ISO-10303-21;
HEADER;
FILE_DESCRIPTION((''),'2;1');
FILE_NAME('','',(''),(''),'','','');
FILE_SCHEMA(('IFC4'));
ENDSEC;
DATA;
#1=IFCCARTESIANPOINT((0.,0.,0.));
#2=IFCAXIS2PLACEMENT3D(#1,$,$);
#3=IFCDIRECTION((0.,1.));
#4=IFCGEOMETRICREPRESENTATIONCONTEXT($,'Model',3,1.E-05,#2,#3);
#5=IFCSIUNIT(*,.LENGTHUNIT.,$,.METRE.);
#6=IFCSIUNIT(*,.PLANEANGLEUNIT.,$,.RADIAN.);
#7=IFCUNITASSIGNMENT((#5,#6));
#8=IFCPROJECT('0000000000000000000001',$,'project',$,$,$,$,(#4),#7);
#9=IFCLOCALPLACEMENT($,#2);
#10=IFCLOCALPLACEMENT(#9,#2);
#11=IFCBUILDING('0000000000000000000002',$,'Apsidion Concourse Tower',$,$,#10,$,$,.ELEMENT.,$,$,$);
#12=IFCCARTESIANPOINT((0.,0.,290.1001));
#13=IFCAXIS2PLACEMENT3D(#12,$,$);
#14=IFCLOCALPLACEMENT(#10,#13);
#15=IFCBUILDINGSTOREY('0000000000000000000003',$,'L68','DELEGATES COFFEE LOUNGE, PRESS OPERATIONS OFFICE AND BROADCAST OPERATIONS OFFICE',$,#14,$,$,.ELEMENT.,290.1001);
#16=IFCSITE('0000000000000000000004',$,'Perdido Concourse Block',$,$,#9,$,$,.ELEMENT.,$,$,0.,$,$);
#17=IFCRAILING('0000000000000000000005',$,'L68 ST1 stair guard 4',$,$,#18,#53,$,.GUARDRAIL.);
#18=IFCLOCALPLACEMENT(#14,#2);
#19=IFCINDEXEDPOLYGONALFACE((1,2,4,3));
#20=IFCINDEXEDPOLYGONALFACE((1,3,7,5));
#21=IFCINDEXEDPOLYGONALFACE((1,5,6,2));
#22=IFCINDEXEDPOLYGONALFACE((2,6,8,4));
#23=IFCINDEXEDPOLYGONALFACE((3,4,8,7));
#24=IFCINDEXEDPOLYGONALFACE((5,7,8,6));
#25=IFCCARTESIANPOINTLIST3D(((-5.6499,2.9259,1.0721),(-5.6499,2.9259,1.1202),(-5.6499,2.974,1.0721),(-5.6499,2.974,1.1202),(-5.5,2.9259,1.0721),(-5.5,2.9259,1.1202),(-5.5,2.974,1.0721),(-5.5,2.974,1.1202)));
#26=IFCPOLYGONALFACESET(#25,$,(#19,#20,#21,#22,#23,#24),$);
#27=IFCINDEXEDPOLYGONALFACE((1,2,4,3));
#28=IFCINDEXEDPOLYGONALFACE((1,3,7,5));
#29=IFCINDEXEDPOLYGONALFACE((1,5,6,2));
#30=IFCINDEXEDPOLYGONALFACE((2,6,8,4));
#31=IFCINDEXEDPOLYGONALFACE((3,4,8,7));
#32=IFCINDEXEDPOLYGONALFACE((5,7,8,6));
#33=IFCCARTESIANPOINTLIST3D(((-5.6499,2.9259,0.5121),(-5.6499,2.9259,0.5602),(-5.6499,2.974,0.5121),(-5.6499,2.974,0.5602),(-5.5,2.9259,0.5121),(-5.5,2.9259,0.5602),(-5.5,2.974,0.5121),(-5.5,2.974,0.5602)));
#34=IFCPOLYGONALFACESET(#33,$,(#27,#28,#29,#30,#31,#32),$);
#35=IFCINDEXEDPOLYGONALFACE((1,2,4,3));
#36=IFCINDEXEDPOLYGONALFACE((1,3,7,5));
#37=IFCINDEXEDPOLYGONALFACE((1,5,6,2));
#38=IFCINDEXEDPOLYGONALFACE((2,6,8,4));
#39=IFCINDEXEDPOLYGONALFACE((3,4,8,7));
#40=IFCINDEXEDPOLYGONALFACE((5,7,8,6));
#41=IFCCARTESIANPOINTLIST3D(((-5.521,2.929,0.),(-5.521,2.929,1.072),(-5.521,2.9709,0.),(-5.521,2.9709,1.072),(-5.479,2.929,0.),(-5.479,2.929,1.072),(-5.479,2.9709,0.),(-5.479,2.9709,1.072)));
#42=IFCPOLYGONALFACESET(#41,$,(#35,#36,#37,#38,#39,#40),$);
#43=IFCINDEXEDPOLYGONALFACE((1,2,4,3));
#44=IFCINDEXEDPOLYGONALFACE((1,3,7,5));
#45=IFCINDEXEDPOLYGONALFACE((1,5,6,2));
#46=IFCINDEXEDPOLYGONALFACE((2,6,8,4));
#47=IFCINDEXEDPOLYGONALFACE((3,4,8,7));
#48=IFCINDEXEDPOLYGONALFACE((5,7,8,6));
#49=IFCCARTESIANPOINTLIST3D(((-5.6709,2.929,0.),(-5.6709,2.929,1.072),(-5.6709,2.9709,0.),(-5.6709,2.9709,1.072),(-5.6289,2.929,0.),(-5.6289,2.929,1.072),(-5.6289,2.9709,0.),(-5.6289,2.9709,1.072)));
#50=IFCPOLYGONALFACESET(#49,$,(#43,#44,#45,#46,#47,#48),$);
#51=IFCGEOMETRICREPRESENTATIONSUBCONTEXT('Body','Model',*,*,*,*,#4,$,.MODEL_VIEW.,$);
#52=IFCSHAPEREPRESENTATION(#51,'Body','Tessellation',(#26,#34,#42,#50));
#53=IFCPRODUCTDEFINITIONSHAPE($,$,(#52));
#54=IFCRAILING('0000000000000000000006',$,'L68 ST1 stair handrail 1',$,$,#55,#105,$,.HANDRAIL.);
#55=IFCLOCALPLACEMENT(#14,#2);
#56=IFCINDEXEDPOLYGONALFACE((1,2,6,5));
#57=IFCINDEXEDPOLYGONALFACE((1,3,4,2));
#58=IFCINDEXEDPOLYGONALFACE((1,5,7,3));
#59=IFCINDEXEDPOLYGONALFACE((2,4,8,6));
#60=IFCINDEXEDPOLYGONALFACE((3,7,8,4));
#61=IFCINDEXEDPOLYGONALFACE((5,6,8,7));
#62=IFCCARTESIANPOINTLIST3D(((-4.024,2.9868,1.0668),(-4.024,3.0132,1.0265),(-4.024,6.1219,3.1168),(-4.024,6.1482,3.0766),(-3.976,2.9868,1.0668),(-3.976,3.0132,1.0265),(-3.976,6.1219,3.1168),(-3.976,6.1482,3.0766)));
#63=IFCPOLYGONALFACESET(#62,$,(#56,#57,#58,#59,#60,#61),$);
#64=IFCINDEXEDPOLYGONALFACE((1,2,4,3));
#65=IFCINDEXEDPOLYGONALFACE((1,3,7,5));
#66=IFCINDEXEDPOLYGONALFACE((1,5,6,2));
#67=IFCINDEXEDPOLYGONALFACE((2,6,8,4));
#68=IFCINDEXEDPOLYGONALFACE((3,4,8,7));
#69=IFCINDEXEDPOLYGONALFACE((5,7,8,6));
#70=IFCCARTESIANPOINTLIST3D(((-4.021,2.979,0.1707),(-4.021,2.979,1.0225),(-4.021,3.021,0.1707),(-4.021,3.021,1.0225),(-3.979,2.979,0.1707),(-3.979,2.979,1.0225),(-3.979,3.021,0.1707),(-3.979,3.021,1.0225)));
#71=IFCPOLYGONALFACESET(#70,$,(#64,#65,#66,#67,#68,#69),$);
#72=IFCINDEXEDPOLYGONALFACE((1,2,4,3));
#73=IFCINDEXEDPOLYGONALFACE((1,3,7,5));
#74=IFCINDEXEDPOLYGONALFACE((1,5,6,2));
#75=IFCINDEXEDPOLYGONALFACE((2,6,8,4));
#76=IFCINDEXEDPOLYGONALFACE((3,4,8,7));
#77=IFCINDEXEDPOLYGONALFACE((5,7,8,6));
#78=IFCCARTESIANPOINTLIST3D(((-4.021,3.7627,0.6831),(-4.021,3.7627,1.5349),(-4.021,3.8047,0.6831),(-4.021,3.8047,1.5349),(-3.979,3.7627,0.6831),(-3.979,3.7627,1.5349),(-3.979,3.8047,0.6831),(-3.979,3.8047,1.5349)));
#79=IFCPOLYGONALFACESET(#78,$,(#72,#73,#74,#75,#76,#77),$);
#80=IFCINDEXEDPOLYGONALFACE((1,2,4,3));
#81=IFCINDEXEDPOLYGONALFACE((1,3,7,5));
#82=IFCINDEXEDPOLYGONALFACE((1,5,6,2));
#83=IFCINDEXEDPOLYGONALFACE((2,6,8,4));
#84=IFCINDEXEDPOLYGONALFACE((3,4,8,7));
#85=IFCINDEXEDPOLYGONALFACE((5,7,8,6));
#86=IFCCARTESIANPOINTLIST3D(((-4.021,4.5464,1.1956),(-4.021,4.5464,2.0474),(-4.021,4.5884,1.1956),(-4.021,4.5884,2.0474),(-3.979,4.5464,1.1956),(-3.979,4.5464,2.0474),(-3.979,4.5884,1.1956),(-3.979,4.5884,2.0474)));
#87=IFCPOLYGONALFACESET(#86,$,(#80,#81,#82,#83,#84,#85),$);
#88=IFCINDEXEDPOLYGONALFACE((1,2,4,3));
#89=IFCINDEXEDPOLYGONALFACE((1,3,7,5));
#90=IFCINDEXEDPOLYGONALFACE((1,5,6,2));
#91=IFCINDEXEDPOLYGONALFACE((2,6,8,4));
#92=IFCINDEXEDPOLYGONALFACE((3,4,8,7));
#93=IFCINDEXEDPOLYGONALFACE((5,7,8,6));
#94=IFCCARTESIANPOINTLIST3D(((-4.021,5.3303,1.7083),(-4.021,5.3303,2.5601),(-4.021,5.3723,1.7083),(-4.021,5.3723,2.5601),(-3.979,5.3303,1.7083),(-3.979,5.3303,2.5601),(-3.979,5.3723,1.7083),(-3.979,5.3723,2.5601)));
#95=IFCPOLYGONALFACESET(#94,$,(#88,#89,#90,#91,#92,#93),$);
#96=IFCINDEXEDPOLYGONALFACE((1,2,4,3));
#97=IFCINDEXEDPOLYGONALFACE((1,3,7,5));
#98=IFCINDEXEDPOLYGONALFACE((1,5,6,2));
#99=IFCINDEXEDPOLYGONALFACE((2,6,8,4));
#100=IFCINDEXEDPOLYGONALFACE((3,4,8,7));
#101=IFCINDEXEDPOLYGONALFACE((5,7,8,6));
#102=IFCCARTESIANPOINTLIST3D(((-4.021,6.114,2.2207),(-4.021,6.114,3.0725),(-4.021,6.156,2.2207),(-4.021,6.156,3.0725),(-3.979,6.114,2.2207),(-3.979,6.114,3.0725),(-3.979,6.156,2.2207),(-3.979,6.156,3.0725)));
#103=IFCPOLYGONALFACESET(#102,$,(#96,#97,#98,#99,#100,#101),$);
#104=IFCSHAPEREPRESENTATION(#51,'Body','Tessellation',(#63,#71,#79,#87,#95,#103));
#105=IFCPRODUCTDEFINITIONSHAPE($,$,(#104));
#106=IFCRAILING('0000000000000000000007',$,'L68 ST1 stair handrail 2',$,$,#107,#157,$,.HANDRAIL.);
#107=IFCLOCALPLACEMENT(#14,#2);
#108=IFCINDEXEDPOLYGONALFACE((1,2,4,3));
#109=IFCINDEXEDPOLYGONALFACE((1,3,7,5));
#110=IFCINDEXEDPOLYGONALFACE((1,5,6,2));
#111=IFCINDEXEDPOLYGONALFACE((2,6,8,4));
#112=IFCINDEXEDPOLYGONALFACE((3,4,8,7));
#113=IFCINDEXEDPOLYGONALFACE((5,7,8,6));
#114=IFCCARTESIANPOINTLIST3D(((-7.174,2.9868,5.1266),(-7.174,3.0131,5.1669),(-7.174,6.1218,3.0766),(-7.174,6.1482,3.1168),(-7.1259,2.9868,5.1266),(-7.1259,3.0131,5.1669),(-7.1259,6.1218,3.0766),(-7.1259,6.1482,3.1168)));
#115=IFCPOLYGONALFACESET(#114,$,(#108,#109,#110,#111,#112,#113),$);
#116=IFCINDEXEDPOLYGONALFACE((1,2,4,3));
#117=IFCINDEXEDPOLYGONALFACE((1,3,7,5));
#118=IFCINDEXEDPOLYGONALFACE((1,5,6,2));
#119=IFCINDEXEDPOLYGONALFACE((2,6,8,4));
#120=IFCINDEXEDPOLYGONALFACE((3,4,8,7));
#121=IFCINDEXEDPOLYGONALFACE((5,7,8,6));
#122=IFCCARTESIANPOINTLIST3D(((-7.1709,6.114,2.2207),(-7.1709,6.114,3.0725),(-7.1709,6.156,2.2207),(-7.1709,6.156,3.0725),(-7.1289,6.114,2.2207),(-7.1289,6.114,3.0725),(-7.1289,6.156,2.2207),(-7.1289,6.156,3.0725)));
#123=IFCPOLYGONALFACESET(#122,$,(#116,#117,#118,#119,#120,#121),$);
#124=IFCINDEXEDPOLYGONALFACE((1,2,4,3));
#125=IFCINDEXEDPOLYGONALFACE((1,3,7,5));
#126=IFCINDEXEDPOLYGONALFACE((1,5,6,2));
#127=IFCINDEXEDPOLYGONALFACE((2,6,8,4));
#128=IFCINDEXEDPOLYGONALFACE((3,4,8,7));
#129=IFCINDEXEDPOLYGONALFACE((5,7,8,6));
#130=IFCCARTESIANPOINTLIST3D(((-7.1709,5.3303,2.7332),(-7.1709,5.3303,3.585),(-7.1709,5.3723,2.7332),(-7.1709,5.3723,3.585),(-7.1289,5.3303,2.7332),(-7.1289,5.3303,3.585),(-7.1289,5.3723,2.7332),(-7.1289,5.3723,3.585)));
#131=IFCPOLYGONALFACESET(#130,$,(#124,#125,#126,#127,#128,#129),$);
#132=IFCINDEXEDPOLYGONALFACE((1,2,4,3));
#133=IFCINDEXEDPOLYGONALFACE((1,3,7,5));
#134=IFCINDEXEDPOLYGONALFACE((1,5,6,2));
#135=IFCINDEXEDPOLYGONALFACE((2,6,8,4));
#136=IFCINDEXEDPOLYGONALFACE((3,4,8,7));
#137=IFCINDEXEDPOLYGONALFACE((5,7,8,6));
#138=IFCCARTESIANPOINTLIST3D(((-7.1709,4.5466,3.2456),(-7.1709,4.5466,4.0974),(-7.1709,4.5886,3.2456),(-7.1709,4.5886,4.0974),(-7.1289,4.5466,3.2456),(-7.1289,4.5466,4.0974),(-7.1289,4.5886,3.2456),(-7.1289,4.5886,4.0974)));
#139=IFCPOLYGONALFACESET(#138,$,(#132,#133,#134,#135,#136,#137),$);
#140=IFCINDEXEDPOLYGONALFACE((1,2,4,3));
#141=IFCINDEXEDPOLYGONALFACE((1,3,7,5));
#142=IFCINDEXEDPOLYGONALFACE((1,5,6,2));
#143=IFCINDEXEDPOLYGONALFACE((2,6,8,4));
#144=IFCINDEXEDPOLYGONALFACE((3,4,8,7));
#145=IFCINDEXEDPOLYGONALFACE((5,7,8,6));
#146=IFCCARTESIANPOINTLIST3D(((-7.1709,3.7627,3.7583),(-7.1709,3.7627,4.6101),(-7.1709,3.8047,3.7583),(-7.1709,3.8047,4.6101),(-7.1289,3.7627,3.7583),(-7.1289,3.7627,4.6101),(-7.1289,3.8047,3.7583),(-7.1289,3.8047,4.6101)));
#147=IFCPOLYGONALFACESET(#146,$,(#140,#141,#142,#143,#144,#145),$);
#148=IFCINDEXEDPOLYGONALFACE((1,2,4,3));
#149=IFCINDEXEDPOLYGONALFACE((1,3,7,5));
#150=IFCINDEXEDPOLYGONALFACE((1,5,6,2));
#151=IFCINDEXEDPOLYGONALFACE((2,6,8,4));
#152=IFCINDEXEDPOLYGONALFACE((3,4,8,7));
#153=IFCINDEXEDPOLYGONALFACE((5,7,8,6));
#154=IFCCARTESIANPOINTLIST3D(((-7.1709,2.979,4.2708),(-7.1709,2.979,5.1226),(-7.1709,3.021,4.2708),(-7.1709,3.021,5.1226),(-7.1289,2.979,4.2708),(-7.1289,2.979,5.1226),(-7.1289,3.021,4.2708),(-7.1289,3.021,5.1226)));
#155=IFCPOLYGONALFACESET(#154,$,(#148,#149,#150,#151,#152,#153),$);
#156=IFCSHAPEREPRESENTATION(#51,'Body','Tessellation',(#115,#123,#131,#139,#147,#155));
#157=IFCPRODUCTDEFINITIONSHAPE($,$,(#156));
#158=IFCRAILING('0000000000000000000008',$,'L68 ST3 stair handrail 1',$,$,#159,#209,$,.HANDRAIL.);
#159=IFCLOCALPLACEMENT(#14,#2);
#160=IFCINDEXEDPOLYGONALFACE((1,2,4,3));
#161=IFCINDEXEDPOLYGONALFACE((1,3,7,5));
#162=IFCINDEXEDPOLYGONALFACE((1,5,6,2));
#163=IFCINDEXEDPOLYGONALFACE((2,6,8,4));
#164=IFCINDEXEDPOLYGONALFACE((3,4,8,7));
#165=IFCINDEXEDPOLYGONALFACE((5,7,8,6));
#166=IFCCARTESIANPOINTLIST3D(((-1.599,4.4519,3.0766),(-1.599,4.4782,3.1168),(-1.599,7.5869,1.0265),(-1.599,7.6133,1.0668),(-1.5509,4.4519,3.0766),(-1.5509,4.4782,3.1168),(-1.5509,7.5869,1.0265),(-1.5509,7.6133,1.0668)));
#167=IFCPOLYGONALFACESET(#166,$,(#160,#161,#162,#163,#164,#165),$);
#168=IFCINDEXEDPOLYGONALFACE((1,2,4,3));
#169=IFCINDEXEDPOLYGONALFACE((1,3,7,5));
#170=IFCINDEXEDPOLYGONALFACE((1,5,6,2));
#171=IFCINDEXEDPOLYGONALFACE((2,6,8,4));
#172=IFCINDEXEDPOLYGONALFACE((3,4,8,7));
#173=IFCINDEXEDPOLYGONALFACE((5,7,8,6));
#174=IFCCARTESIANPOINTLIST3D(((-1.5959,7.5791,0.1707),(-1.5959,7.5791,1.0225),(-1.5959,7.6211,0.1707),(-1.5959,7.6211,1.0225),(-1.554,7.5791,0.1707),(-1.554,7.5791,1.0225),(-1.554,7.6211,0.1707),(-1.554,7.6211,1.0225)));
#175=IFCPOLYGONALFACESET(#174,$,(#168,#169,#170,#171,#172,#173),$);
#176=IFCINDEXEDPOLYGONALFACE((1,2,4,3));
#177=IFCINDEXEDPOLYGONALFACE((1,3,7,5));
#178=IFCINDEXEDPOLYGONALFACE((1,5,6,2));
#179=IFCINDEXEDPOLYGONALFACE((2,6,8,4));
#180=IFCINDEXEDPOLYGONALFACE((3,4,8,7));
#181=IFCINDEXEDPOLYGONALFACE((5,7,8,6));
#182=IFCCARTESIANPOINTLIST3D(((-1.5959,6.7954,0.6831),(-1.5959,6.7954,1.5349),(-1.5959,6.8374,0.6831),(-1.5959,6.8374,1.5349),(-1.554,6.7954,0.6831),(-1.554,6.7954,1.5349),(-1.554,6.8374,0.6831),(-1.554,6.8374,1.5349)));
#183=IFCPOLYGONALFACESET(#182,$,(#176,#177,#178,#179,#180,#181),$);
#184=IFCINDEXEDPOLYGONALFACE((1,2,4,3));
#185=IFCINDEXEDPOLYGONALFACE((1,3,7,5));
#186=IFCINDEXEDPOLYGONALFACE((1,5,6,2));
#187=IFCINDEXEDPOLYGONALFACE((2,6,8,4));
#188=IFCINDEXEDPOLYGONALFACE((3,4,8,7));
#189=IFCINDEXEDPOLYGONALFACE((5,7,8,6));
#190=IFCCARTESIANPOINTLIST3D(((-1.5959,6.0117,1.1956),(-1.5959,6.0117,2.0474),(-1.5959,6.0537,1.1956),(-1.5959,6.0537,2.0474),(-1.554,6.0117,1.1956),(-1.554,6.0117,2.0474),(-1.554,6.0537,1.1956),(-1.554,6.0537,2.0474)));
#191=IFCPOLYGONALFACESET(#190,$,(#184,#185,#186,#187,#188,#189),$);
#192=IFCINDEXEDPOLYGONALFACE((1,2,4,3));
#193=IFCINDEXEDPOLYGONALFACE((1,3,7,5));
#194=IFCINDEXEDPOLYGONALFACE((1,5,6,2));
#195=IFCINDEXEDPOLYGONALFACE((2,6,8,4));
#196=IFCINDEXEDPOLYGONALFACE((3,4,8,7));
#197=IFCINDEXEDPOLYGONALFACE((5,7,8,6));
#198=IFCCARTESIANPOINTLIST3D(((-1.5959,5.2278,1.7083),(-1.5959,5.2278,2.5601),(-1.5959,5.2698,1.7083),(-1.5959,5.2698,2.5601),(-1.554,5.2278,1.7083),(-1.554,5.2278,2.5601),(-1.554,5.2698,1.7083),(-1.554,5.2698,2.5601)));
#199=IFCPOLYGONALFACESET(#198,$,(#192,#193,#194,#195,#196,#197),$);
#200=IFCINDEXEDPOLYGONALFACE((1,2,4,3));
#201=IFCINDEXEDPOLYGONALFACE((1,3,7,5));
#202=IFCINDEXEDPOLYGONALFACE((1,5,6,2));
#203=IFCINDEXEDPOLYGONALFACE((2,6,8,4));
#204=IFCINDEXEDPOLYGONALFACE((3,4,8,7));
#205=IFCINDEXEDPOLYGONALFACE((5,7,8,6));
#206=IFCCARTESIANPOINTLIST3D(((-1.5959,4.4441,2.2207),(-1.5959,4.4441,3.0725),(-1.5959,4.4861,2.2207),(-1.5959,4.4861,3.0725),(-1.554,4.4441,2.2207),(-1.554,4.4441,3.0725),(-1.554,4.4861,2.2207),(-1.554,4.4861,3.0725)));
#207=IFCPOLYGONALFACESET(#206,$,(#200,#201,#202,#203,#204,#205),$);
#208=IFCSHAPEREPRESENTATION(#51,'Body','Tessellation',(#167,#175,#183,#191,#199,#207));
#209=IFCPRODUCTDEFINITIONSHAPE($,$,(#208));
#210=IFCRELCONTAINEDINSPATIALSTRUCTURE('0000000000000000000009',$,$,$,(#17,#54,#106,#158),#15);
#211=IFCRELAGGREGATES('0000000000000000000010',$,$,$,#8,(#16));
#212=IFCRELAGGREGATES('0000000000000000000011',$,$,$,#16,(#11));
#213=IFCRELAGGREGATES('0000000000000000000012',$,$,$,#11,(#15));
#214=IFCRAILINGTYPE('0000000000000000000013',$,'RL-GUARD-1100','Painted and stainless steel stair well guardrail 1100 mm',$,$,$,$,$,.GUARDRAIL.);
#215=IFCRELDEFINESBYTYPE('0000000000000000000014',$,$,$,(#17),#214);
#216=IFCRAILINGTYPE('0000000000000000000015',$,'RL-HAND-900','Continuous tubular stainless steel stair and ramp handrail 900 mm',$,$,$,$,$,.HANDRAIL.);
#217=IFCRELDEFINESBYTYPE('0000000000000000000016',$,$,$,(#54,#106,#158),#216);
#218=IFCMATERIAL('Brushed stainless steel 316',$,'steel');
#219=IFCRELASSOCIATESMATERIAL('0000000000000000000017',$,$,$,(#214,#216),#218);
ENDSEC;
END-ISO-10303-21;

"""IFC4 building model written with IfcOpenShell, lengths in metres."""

from ifc_helpers import new_model, si_unit, direction, frame, origin, origin_2d, place, context, subcontext, project, spatial, rectangle, extrude, material, type_object, element, save


model = new_model("IFC4")

# Units and contexts
model_context = context("Model", 3, precision=1e-05, world=origin(), true_north=direction((0.0, 1.0)))
body_context = subcontext(model_context, "Body", "Model", "MODEL_VIEW")
ifc_project = project(units=[si_unit("LENGTHUNIT", "METRE"), si_unit("PLANEANGLEUNIT", "RADIAN")], contexts=[model_context])

# Site, building, storey
site_placement = place(None, origin())
site = spatial("IfcSite", under=ifc_project, at=site_placement, Name="Perdido Concourse Block", CompositionType="ELEMENT", RefElevation=0.0)
building_placement = place(site_placement, origin())
building = spatial("IfcBuilding", under=site, at=building_placement, Name="Apsidion Concourse Tower", CompositionType="ELEMENT")
storey_placement = place(building_placement, frame((0.0, 0.0, 290.1001)))
storey = spatial("IfcBuildingStorey", under=building, at=storey_placement, Name="L68", Description="DELEGATES COFFEE LOUNGE, PRESS OPERATIONS OFFICE AND BROADCAST OPERATIONS OFFICE", CompositionType="ELEMENT", Elevation=290.1001)

# Shared definitions
ifc_material_1 = material(Name="Brushed stainless steel 316", Category="steel")

# Railings
railing_type_1 = type_object("IfcRailingType", Name="RL-GUARD-1100", Description="Painted and stainless steel stair well guardrail 1100 mm", PredefinedType="GUARDRAIL", material=ifc_material_1)
railing_1_placement = place(storey_placement, frame((-5.5, 2.95, 0.0)))
element("IfcRailing", 1, at=railing_1_placement, inside=storey, type_object=railing_type_1, Name="L68 ST1 stair guard 4", PredefinedType="GUARDRAIL", context=body_context, shape_type="SweptSolid", body=[
    extrude(rectangle(XDim=0.0481, YDim=0.0481, at=origin_2d()), frame((0.0, 0.0, 1.0962), z_axis=(-1.0, 0.0, 0.0), x_axis=(0.0, -1.0, 0.0)), (0.0, 0.0, 1.0), 0.1499),
    extrude(rectangle(XDim=0.0481, YDim=0.0481, at=origin_2d()), frame((0.0, 0.0, 0.5361), z_axis=(-1.0, 0.0, 0.0), x_axis=(0.0, -1.0, 0.0)), (0.0, 0.0, 1.0), 0.1499),
    extrude(rectangle(XDim=0.042, YDim=0.042, at=origin_2d()), origin(), (0.0, 0.0, 1.0), 1.072),
    extrude(rectangle(XDim=0.042, YDim=0.042, at=origin_2d()), frame((-0.1499, 0.0, 0.0)), (0.0, 0.0, 1.0), 1.072),
])
railing_type_2 = type_object("IfcRailingType", Name="RL-HAND-900", Description="Continuous tubular stainless steel stair and ramp handrail 900 mm", PredefinedType="HANDRAIL", material=ifc_material_1)
railing_2_placement = place(storey_placement, frame((-4.0, 3.0, 0.1707)))
element("IfcRailing", 2, at=railing_2_placement, inside=storey, type_object=railing_type_2, Name="L68 ST1 stair handrail 1", PredefinedType="HANDRAIL", context=body_context, shape_type="SweptSolid", body=[
    extrude(rectangle(XDim=0.0481, YDim=0.0481, at=origin_2d()), frame((0.0, 0.0, 0.876), z_axis=(0.0, 0.836941, 0.547293), x_axis=(-1.0, 0.0, 0.0)), (0.0, 0.0, 1.0), 3.7458),
    extrude(rectangle(XDim=0.042, YDim=0.042, at=origin_2d()), origin(), (0.0, 0.0, 1.0), 0.8518),
    extrude(rectangle(XDim=0.042, YDim=0.042, at=origin_2d()), frame((0.0, 0.7837, 0.5125)), (0.0, 0.0, 1.0), 0.8518),
    extrude(rectangle(XDim=0.042, YDim=0.042, at=origin_2d()), frame((0.0, 1.5674, 1.0249)), (0.0, 0.0, 1.0), 0.8518),
    extrude(rectangle(XDim=0.042, YDim=0.042, at=origin_2d()), frame((0.0, 2.3513, 1.5376)), (0.0, 0.0, 1.0), 0.8518),
    extrude(rectangle(XDim=0.042, YDim=0.042, at=origin_2d()), frame((0.0, 3.135, 2.05)), (0.0, 0.0, 1.0), 0.8518),
])
for number, where, name in (
    (3, (-7.1499, 6.135, 2.2207), "L68 ST1 stair handrail 2"),
    (4, (-1.575, 7.6001, 0.1707), "L68 ST3 stair handrail 1"),
):
    element("IfcRailing", number, at=place(storey_placement, frame(where)), inside=storey, type_object=railing_type_2, Name=name, PredefinedType="HANDRAIL", context=body_context, shape_type="SweptSolid", body=[
        extrude(rectangle(XDim=0.0481, YDim=0.0481, at=origin_2d()), frame((0.0, 0.0, 0.876), z_axis=(0.0, -0.836941, 0.547293), x_axis=(1.0, 0.0, 0.0)), (0.0, 0.0, 1.0), 3.7458),
        extrude(rectangle(XDim=0.042, YDim=0.042, at=origin_2d()), origin(), (0.0, 0.0, 1.0), 0.8518),
        extrude(rectangle(XDim=0.042, YDim=0.042, at=origin_2d()), frame((0.0, -0.7837, 0.5125)), (0.0, 0.0, 1.0), 0.8518),
        extrude(rectangle(XDim=0.042, YDim=0.042, at=origin_2d()), frame((0.0, -1.5674, 1.0249)), (0.0, 0.0, 1.0), 0.8518),
        extrude(rectangle(XDim=0.042, YDim=0.042, at=origin_2d()), frame((0.0, -2.3513, 1.5376)), (0.0, 0.0, 1.0), 0.8518),
        extrude(rectangle(XDim=0.042, YDim=0.042, at=origin_2d()), frame((0.0, -3.135, 2.05)), (0.0, 0.0, 1.0), 0.8518),
    ])

save(model, "model.ifc")
